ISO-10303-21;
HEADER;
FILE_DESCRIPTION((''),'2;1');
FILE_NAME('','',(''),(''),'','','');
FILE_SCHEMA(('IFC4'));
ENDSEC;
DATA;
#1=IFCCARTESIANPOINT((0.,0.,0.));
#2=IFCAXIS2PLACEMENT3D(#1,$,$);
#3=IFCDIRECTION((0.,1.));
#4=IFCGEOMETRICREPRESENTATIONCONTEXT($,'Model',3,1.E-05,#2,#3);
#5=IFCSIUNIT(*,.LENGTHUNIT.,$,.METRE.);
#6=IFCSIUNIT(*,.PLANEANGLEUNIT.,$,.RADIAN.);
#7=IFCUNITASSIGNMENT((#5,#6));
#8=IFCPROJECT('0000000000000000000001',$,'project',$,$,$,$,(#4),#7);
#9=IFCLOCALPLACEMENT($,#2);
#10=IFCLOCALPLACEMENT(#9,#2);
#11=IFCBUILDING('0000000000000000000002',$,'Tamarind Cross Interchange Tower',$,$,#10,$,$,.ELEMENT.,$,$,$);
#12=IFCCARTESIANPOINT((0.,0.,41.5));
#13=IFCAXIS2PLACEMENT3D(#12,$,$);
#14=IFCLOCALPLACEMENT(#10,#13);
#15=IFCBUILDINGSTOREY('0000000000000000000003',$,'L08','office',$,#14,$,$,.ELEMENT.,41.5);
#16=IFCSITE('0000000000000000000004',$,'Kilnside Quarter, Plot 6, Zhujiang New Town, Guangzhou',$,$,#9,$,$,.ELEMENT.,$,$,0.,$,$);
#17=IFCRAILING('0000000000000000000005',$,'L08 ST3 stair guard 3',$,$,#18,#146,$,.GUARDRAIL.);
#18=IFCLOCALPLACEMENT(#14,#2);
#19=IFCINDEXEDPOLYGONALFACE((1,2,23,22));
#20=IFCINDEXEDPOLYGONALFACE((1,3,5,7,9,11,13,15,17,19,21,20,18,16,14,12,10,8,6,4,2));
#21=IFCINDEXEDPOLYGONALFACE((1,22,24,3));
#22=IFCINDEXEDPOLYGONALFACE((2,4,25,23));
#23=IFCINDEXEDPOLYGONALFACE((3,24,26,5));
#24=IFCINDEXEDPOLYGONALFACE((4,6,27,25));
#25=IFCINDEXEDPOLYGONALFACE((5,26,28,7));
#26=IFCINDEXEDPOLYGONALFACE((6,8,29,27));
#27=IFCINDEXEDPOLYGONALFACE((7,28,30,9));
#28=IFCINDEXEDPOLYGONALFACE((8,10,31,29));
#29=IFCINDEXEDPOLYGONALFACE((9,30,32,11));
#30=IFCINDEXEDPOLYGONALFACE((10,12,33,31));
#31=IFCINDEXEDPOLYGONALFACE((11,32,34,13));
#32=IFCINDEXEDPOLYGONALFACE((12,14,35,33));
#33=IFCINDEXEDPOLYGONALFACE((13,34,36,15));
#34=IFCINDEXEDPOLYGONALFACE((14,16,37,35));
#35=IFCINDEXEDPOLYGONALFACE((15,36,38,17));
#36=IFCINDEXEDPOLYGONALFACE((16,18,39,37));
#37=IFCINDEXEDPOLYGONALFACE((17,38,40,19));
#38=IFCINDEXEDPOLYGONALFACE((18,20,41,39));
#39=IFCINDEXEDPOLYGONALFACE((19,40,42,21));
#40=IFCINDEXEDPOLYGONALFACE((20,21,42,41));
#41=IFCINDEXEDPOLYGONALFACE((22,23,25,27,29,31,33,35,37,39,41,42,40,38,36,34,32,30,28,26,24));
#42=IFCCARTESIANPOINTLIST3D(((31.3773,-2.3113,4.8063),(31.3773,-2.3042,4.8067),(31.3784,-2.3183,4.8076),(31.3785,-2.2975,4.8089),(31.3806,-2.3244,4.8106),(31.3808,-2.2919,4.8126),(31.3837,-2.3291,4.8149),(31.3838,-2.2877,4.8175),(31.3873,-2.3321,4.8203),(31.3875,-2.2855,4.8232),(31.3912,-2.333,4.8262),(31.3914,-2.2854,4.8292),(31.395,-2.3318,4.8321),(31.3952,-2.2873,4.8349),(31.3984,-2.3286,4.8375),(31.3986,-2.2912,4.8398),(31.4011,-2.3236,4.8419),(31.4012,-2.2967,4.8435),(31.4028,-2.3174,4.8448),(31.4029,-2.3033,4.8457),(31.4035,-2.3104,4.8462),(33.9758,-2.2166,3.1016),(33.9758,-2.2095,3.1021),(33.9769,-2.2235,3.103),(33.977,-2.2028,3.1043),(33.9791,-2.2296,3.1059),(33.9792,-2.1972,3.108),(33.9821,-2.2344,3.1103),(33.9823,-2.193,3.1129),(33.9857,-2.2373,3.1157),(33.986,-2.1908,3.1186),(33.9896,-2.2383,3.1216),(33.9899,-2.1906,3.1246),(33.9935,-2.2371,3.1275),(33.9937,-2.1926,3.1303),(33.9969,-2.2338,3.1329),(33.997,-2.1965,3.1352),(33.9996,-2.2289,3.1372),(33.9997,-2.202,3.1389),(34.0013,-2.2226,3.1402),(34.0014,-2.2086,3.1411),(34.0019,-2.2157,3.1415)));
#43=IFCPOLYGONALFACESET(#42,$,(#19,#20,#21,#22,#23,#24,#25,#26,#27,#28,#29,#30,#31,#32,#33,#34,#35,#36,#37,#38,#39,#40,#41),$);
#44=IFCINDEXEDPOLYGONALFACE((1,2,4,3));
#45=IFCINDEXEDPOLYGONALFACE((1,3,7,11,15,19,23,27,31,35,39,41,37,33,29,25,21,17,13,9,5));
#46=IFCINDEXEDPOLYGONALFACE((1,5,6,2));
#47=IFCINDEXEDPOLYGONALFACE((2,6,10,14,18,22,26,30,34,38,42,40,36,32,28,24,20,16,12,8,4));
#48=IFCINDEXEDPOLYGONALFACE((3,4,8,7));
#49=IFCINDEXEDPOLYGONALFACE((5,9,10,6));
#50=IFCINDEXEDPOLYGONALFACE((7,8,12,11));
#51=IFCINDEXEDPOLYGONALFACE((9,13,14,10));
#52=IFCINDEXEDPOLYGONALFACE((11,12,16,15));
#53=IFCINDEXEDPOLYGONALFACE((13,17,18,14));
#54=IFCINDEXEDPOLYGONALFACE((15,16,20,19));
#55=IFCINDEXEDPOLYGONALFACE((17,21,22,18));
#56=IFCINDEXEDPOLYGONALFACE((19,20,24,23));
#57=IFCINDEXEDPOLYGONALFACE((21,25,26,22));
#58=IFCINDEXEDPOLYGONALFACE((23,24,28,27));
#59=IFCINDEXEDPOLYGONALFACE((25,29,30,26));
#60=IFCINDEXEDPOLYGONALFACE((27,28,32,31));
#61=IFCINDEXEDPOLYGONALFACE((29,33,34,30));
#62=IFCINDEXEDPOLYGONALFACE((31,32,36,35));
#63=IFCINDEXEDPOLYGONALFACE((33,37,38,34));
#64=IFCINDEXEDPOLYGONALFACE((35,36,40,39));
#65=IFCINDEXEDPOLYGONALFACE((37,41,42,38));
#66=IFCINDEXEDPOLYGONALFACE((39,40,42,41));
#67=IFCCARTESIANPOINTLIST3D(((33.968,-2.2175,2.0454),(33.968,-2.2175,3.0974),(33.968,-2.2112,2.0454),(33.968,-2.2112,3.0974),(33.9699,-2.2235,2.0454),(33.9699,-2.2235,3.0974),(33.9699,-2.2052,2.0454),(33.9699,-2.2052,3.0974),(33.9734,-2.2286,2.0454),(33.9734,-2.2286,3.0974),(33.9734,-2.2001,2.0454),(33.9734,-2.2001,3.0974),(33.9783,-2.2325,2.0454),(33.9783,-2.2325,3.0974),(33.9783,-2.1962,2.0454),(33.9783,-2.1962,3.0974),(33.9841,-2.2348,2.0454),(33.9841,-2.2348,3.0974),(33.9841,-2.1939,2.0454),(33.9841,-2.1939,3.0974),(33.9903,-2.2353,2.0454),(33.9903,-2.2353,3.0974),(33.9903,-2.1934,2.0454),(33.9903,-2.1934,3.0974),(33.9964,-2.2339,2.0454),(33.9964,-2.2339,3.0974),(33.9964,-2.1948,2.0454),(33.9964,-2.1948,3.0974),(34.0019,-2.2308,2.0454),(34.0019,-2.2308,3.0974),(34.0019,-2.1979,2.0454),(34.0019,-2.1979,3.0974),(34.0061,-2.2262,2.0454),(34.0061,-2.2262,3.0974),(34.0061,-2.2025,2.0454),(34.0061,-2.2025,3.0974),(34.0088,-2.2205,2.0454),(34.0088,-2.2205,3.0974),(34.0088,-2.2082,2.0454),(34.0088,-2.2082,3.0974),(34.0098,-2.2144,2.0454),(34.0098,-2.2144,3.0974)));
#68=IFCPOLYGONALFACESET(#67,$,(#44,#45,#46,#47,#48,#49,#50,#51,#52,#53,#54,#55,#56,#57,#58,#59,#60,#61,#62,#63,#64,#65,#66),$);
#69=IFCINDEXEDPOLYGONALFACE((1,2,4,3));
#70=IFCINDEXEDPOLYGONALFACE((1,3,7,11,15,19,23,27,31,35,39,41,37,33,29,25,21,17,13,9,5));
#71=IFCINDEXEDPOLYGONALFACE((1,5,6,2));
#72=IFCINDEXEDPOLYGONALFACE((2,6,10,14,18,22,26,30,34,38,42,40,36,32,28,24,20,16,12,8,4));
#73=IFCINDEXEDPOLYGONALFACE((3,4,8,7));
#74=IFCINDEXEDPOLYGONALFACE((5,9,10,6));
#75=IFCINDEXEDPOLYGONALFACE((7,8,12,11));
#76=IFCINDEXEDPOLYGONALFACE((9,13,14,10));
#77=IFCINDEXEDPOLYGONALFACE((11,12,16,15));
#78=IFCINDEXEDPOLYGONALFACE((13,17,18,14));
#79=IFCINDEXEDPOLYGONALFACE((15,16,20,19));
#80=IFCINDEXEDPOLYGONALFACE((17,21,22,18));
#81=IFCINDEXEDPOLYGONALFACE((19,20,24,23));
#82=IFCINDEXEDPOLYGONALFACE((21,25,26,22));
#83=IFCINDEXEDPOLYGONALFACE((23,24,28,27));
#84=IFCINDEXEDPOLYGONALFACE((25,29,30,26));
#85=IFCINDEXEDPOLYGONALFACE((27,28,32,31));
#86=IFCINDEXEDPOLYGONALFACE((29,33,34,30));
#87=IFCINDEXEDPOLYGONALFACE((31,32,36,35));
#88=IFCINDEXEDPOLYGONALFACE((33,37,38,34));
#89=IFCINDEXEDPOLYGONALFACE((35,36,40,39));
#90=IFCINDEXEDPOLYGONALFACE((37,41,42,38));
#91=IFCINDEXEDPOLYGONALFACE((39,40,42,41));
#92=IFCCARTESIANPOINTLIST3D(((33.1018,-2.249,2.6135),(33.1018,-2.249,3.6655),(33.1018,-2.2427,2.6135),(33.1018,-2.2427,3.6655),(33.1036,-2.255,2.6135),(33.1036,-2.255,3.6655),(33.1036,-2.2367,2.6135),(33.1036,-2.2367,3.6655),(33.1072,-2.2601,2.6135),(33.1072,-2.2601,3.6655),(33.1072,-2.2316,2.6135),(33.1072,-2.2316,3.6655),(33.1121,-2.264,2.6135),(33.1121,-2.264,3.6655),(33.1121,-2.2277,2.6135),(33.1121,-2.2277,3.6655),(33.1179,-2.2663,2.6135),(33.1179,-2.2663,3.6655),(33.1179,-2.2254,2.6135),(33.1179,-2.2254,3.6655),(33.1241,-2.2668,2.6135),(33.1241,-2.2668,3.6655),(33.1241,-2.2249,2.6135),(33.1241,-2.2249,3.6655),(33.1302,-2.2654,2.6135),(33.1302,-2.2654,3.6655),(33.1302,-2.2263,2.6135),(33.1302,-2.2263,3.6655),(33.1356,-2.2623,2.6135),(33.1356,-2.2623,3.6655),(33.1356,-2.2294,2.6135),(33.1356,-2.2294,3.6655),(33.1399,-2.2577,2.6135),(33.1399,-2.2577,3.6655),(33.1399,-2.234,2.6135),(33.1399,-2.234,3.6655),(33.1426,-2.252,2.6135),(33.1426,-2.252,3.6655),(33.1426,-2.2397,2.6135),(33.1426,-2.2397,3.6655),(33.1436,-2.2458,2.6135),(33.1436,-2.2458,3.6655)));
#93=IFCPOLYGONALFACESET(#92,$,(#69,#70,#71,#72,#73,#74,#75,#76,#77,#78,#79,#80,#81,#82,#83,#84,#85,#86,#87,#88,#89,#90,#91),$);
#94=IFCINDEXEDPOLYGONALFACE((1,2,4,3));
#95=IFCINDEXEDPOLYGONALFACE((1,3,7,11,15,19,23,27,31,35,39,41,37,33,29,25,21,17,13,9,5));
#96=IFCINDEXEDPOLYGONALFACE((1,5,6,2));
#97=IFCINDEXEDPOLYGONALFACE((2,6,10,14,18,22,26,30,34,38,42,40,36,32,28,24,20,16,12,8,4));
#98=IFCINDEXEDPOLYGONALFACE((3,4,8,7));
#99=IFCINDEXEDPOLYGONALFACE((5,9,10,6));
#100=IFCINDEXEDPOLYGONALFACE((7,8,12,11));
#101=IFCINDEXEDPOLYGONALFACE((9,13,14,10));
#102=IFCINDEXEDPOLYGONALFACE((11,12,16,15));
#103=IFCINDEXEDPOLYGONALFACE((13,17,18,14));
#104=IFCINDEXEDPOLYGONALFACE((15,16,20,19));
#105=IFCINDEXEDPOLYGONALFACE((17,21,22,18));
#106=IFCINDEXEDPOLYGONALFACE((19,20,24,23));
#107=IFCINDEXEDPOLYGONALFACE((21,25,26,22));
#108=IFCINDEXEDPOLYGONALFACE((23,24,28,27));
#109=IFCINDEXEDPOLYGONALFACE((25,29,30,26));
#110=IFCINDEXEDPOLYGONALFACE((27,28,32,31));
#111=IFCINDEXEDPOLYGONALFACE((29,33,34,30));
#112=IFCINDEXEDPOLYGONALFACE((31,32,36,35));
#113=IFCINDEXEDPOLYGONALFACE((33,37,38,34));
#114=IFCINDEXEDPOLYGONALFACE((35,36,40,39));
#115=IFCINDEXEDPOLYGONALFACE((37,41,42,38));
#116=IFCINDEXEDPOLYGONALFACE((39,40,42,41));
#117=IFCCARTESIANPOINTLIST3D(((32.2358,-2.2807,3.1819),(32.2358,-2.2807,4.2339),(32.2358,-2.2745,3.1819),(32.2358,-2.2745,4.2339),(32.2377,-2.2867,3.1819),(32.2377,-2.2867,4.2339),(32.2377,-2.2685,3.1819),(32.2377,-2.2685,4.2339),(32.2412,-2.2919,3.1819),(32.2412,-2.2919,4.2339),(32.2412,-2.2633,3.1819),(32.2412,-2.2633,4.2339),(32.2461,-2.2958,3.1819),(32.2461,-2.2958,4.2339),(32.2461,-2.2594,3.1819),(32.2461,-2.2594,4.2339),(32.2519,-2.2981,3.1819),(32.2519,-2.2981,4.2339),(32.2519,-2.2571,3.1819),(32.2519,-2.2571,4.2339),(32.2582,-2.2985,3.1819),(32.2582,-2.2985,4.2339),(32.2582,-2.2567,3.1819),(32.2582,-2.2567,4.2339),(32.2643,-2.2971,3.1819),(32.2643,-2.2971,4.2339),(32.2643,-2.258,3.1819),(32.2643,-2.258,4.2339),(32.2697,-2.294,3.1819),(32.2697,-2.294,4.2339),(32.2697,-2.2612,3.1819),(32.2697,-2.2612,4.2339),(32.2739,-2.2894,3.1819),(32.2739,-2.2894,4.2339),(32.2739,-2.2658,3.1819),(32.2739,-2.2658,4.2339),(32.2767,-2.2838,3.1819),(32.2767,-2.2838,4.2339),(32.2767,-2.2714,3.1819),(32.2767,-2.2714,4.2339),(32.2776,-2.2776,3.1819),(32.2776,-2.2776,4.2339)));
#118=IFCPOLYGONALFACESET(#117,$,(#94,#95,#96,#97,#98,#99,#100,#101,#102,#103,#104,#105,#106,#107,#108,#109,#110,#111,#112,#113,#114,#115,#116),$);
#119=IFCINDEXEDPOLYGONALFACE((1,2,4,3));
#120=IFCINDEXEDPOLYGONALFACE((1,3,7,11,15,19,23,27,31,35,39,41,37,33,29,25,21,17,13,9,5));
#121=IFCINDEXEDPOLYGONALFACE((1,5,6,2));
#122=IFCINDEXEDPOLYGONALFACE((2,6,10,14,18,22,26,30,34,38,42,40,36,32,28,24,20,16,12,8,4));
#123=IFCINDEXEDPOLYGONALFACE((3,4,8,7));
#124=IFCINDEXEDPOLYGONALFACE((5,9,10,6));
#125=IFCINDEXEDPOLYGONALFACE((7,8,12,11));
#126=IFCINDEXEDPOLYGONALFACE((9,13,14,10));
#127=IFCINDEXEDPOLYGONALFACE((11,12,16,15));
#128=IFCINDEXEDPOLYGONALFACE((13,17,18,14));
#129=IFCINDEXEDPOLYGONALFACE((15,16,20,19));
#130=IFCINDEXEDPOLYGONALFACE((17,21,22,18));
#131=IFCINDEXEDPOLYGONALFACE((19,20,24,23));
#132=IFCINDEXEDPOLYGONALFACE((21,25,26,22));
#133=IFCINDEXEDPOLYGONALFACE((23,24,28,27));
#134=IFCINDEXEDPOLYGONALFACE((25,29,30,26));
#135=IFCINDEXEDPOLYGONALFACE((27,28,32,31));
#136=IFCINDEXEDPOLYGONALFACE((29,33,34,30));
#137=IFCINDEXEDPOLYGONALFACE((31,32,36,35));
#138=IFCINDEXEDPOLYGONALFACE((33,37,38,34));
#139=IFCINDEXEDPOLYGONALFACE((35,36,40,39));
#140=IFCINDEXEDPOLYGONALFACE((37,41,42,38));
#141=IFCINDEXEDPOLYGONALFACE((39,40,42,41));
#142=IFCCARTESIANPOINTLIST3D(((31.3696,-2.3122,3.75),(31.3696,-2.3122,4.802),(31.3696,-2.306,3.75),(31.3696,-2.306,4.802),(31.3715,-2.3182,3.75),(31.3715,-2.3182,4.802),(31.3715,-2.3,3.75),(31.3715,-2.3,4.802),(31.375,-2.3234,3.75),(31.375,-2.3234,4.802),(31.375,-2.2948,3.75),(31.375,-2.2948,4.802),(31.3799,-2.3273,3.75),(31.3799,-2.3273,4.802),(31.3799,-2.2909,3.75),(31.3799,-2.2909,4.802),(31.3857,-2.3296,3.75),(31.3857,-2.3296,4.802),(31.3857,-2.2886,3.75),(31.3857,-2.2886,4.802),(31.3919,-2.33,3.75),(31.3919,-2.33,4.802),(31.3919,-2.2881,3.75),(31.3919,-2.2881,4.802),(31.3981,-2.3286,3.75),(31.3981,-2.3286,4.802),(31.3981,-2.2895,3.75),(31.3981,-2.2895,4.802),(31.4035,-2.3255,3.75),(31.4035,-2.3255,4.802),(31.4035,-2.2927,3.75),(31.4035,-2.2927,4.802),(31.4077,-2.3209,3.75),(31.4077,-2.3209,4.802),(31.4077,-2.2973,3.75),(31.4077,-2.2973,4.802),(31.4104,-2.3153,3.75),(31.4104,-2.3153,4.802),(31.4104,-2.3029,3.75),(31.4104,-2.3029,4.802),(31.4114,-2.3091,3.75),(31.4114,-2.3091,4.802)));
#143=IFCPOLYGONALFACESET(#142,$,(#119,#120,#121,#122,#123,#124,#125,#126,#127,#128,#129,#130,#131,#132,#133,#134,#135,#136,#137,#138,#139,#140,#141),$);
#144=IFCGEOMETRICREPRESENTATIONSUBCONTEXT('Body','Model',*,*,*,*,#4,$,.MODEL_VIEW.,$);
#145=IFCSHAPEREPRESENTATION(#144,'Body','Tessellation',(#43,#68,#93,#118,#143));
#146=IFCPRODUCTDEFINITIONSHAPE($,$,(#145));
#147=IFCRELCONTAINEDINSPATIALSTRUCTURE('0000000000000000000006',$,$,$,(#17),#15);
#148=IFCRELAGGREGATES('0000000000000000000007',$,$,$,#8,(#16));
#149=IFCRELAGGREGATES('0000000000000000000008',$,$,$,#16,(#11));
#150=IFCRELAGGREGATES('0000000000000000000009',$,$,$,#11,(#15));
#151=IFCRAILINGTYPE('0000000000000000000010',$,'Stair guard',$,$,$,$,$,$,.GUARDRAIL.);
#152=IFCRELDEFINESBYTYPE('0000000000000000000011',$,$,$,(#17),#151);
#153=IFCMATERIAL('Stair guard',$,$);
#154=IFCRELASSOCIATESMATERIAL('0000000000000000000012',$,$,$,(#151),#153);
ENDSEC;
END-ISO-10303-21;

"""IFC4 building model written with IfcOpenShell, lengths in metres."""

from ifc_helpers import new_model, si_unit, direction, frame, origin, origin_2d, place, context, subcontext, project, spatial, circle, extrude, material, type_object, element, save


model = new_model("IFC4")

# Units and contexts
model_context = context("Model", 3, precision=1e-05, world=origin(), true_north=direction((0.0, 1.0)))
body_context = subcontext(model_context, "Body", "Model", "MODEL_VIEW")
ifc_project = project(units=[si_unit("LENGTHUNIT", "METRE"), si_unit("PLANEANGLEUNIT", "RADIAN")], contexts=[model_context])

# Site, building, storey
site_placement = place(None, origin())
site = spatial("IfcSite", under=ifc_project, at=site_placement, Name="Kilnside Quarter, Plot 6, Zhujiang New Town, Guangzhou", CompositionType="ELEMENT", RefElevation=0.0)
building_placement = place(site_placement, origin())
building = spatial("IfcBuilding", under=site, at=building_placement, Name="Tamarind Cross Interchange Tower", CompositionType="ELEMENT")
storey_placement = place(building_placement, frame((0.0, 0.0, 41.5)))
storey = spatial("IfcBuildingStorey", under=building, at=storey_placement, Name="L08", Description="office", CompositionType="ELEMENT", Elevation=41.5)

# Railing
ifc_material_1 = material(Name="Stair guard")
railing_type_1 = type_object("IfcRailingType", Name="Stair guard", PredefinedType="GUARDRAIL", material=ifc_material_1)
railing_1_placement = place(storey_placement, frame((33.9888, -2.2144, 2.0454)))
element("IfcRailing", 1, at=railing_1_placement, inside=storey, type_object=railing_type_1, Name="L08 ST3 stair guard 3", PredefinedType="GUARDRAIL", context=body_context, shape_type="SweptSolid", body=[
    extrude(circle(Radius=0.0239, at=origin_2d()), frame((0.0, 0.0, 1.0762), z_axis=(-0.835749, -0.030468, 0.548266), x_axis=(0.036432, -0.999336, 0.0)), (0.0, 0.0, 1.0), 3.1091),
    extrude(circle(Radius=0.021, at=origin_2d()), origin(), (0.0, 0.0, 1.0), 1.052),
    extrude(circle(Radius=0.021, at=origin_2d()), frame((-0.8662, -0.0315, 0.5681)), (0.0, 0.0, 1.0), 1.052),
    extrude(circle(Radius=0.021, at=origin_2d()), frame((-1.7322, -0.0632, 1.1365)), (0.0, 0.0, 1.0), 1.052),
    extrude(circle(Radius=0.021, at=origin_2d()), frame((-2.5984, -0.0947, 1.7046)), (0.0, 0.0, 1.0), 1.052),
])

save(model, "model.ifc")
